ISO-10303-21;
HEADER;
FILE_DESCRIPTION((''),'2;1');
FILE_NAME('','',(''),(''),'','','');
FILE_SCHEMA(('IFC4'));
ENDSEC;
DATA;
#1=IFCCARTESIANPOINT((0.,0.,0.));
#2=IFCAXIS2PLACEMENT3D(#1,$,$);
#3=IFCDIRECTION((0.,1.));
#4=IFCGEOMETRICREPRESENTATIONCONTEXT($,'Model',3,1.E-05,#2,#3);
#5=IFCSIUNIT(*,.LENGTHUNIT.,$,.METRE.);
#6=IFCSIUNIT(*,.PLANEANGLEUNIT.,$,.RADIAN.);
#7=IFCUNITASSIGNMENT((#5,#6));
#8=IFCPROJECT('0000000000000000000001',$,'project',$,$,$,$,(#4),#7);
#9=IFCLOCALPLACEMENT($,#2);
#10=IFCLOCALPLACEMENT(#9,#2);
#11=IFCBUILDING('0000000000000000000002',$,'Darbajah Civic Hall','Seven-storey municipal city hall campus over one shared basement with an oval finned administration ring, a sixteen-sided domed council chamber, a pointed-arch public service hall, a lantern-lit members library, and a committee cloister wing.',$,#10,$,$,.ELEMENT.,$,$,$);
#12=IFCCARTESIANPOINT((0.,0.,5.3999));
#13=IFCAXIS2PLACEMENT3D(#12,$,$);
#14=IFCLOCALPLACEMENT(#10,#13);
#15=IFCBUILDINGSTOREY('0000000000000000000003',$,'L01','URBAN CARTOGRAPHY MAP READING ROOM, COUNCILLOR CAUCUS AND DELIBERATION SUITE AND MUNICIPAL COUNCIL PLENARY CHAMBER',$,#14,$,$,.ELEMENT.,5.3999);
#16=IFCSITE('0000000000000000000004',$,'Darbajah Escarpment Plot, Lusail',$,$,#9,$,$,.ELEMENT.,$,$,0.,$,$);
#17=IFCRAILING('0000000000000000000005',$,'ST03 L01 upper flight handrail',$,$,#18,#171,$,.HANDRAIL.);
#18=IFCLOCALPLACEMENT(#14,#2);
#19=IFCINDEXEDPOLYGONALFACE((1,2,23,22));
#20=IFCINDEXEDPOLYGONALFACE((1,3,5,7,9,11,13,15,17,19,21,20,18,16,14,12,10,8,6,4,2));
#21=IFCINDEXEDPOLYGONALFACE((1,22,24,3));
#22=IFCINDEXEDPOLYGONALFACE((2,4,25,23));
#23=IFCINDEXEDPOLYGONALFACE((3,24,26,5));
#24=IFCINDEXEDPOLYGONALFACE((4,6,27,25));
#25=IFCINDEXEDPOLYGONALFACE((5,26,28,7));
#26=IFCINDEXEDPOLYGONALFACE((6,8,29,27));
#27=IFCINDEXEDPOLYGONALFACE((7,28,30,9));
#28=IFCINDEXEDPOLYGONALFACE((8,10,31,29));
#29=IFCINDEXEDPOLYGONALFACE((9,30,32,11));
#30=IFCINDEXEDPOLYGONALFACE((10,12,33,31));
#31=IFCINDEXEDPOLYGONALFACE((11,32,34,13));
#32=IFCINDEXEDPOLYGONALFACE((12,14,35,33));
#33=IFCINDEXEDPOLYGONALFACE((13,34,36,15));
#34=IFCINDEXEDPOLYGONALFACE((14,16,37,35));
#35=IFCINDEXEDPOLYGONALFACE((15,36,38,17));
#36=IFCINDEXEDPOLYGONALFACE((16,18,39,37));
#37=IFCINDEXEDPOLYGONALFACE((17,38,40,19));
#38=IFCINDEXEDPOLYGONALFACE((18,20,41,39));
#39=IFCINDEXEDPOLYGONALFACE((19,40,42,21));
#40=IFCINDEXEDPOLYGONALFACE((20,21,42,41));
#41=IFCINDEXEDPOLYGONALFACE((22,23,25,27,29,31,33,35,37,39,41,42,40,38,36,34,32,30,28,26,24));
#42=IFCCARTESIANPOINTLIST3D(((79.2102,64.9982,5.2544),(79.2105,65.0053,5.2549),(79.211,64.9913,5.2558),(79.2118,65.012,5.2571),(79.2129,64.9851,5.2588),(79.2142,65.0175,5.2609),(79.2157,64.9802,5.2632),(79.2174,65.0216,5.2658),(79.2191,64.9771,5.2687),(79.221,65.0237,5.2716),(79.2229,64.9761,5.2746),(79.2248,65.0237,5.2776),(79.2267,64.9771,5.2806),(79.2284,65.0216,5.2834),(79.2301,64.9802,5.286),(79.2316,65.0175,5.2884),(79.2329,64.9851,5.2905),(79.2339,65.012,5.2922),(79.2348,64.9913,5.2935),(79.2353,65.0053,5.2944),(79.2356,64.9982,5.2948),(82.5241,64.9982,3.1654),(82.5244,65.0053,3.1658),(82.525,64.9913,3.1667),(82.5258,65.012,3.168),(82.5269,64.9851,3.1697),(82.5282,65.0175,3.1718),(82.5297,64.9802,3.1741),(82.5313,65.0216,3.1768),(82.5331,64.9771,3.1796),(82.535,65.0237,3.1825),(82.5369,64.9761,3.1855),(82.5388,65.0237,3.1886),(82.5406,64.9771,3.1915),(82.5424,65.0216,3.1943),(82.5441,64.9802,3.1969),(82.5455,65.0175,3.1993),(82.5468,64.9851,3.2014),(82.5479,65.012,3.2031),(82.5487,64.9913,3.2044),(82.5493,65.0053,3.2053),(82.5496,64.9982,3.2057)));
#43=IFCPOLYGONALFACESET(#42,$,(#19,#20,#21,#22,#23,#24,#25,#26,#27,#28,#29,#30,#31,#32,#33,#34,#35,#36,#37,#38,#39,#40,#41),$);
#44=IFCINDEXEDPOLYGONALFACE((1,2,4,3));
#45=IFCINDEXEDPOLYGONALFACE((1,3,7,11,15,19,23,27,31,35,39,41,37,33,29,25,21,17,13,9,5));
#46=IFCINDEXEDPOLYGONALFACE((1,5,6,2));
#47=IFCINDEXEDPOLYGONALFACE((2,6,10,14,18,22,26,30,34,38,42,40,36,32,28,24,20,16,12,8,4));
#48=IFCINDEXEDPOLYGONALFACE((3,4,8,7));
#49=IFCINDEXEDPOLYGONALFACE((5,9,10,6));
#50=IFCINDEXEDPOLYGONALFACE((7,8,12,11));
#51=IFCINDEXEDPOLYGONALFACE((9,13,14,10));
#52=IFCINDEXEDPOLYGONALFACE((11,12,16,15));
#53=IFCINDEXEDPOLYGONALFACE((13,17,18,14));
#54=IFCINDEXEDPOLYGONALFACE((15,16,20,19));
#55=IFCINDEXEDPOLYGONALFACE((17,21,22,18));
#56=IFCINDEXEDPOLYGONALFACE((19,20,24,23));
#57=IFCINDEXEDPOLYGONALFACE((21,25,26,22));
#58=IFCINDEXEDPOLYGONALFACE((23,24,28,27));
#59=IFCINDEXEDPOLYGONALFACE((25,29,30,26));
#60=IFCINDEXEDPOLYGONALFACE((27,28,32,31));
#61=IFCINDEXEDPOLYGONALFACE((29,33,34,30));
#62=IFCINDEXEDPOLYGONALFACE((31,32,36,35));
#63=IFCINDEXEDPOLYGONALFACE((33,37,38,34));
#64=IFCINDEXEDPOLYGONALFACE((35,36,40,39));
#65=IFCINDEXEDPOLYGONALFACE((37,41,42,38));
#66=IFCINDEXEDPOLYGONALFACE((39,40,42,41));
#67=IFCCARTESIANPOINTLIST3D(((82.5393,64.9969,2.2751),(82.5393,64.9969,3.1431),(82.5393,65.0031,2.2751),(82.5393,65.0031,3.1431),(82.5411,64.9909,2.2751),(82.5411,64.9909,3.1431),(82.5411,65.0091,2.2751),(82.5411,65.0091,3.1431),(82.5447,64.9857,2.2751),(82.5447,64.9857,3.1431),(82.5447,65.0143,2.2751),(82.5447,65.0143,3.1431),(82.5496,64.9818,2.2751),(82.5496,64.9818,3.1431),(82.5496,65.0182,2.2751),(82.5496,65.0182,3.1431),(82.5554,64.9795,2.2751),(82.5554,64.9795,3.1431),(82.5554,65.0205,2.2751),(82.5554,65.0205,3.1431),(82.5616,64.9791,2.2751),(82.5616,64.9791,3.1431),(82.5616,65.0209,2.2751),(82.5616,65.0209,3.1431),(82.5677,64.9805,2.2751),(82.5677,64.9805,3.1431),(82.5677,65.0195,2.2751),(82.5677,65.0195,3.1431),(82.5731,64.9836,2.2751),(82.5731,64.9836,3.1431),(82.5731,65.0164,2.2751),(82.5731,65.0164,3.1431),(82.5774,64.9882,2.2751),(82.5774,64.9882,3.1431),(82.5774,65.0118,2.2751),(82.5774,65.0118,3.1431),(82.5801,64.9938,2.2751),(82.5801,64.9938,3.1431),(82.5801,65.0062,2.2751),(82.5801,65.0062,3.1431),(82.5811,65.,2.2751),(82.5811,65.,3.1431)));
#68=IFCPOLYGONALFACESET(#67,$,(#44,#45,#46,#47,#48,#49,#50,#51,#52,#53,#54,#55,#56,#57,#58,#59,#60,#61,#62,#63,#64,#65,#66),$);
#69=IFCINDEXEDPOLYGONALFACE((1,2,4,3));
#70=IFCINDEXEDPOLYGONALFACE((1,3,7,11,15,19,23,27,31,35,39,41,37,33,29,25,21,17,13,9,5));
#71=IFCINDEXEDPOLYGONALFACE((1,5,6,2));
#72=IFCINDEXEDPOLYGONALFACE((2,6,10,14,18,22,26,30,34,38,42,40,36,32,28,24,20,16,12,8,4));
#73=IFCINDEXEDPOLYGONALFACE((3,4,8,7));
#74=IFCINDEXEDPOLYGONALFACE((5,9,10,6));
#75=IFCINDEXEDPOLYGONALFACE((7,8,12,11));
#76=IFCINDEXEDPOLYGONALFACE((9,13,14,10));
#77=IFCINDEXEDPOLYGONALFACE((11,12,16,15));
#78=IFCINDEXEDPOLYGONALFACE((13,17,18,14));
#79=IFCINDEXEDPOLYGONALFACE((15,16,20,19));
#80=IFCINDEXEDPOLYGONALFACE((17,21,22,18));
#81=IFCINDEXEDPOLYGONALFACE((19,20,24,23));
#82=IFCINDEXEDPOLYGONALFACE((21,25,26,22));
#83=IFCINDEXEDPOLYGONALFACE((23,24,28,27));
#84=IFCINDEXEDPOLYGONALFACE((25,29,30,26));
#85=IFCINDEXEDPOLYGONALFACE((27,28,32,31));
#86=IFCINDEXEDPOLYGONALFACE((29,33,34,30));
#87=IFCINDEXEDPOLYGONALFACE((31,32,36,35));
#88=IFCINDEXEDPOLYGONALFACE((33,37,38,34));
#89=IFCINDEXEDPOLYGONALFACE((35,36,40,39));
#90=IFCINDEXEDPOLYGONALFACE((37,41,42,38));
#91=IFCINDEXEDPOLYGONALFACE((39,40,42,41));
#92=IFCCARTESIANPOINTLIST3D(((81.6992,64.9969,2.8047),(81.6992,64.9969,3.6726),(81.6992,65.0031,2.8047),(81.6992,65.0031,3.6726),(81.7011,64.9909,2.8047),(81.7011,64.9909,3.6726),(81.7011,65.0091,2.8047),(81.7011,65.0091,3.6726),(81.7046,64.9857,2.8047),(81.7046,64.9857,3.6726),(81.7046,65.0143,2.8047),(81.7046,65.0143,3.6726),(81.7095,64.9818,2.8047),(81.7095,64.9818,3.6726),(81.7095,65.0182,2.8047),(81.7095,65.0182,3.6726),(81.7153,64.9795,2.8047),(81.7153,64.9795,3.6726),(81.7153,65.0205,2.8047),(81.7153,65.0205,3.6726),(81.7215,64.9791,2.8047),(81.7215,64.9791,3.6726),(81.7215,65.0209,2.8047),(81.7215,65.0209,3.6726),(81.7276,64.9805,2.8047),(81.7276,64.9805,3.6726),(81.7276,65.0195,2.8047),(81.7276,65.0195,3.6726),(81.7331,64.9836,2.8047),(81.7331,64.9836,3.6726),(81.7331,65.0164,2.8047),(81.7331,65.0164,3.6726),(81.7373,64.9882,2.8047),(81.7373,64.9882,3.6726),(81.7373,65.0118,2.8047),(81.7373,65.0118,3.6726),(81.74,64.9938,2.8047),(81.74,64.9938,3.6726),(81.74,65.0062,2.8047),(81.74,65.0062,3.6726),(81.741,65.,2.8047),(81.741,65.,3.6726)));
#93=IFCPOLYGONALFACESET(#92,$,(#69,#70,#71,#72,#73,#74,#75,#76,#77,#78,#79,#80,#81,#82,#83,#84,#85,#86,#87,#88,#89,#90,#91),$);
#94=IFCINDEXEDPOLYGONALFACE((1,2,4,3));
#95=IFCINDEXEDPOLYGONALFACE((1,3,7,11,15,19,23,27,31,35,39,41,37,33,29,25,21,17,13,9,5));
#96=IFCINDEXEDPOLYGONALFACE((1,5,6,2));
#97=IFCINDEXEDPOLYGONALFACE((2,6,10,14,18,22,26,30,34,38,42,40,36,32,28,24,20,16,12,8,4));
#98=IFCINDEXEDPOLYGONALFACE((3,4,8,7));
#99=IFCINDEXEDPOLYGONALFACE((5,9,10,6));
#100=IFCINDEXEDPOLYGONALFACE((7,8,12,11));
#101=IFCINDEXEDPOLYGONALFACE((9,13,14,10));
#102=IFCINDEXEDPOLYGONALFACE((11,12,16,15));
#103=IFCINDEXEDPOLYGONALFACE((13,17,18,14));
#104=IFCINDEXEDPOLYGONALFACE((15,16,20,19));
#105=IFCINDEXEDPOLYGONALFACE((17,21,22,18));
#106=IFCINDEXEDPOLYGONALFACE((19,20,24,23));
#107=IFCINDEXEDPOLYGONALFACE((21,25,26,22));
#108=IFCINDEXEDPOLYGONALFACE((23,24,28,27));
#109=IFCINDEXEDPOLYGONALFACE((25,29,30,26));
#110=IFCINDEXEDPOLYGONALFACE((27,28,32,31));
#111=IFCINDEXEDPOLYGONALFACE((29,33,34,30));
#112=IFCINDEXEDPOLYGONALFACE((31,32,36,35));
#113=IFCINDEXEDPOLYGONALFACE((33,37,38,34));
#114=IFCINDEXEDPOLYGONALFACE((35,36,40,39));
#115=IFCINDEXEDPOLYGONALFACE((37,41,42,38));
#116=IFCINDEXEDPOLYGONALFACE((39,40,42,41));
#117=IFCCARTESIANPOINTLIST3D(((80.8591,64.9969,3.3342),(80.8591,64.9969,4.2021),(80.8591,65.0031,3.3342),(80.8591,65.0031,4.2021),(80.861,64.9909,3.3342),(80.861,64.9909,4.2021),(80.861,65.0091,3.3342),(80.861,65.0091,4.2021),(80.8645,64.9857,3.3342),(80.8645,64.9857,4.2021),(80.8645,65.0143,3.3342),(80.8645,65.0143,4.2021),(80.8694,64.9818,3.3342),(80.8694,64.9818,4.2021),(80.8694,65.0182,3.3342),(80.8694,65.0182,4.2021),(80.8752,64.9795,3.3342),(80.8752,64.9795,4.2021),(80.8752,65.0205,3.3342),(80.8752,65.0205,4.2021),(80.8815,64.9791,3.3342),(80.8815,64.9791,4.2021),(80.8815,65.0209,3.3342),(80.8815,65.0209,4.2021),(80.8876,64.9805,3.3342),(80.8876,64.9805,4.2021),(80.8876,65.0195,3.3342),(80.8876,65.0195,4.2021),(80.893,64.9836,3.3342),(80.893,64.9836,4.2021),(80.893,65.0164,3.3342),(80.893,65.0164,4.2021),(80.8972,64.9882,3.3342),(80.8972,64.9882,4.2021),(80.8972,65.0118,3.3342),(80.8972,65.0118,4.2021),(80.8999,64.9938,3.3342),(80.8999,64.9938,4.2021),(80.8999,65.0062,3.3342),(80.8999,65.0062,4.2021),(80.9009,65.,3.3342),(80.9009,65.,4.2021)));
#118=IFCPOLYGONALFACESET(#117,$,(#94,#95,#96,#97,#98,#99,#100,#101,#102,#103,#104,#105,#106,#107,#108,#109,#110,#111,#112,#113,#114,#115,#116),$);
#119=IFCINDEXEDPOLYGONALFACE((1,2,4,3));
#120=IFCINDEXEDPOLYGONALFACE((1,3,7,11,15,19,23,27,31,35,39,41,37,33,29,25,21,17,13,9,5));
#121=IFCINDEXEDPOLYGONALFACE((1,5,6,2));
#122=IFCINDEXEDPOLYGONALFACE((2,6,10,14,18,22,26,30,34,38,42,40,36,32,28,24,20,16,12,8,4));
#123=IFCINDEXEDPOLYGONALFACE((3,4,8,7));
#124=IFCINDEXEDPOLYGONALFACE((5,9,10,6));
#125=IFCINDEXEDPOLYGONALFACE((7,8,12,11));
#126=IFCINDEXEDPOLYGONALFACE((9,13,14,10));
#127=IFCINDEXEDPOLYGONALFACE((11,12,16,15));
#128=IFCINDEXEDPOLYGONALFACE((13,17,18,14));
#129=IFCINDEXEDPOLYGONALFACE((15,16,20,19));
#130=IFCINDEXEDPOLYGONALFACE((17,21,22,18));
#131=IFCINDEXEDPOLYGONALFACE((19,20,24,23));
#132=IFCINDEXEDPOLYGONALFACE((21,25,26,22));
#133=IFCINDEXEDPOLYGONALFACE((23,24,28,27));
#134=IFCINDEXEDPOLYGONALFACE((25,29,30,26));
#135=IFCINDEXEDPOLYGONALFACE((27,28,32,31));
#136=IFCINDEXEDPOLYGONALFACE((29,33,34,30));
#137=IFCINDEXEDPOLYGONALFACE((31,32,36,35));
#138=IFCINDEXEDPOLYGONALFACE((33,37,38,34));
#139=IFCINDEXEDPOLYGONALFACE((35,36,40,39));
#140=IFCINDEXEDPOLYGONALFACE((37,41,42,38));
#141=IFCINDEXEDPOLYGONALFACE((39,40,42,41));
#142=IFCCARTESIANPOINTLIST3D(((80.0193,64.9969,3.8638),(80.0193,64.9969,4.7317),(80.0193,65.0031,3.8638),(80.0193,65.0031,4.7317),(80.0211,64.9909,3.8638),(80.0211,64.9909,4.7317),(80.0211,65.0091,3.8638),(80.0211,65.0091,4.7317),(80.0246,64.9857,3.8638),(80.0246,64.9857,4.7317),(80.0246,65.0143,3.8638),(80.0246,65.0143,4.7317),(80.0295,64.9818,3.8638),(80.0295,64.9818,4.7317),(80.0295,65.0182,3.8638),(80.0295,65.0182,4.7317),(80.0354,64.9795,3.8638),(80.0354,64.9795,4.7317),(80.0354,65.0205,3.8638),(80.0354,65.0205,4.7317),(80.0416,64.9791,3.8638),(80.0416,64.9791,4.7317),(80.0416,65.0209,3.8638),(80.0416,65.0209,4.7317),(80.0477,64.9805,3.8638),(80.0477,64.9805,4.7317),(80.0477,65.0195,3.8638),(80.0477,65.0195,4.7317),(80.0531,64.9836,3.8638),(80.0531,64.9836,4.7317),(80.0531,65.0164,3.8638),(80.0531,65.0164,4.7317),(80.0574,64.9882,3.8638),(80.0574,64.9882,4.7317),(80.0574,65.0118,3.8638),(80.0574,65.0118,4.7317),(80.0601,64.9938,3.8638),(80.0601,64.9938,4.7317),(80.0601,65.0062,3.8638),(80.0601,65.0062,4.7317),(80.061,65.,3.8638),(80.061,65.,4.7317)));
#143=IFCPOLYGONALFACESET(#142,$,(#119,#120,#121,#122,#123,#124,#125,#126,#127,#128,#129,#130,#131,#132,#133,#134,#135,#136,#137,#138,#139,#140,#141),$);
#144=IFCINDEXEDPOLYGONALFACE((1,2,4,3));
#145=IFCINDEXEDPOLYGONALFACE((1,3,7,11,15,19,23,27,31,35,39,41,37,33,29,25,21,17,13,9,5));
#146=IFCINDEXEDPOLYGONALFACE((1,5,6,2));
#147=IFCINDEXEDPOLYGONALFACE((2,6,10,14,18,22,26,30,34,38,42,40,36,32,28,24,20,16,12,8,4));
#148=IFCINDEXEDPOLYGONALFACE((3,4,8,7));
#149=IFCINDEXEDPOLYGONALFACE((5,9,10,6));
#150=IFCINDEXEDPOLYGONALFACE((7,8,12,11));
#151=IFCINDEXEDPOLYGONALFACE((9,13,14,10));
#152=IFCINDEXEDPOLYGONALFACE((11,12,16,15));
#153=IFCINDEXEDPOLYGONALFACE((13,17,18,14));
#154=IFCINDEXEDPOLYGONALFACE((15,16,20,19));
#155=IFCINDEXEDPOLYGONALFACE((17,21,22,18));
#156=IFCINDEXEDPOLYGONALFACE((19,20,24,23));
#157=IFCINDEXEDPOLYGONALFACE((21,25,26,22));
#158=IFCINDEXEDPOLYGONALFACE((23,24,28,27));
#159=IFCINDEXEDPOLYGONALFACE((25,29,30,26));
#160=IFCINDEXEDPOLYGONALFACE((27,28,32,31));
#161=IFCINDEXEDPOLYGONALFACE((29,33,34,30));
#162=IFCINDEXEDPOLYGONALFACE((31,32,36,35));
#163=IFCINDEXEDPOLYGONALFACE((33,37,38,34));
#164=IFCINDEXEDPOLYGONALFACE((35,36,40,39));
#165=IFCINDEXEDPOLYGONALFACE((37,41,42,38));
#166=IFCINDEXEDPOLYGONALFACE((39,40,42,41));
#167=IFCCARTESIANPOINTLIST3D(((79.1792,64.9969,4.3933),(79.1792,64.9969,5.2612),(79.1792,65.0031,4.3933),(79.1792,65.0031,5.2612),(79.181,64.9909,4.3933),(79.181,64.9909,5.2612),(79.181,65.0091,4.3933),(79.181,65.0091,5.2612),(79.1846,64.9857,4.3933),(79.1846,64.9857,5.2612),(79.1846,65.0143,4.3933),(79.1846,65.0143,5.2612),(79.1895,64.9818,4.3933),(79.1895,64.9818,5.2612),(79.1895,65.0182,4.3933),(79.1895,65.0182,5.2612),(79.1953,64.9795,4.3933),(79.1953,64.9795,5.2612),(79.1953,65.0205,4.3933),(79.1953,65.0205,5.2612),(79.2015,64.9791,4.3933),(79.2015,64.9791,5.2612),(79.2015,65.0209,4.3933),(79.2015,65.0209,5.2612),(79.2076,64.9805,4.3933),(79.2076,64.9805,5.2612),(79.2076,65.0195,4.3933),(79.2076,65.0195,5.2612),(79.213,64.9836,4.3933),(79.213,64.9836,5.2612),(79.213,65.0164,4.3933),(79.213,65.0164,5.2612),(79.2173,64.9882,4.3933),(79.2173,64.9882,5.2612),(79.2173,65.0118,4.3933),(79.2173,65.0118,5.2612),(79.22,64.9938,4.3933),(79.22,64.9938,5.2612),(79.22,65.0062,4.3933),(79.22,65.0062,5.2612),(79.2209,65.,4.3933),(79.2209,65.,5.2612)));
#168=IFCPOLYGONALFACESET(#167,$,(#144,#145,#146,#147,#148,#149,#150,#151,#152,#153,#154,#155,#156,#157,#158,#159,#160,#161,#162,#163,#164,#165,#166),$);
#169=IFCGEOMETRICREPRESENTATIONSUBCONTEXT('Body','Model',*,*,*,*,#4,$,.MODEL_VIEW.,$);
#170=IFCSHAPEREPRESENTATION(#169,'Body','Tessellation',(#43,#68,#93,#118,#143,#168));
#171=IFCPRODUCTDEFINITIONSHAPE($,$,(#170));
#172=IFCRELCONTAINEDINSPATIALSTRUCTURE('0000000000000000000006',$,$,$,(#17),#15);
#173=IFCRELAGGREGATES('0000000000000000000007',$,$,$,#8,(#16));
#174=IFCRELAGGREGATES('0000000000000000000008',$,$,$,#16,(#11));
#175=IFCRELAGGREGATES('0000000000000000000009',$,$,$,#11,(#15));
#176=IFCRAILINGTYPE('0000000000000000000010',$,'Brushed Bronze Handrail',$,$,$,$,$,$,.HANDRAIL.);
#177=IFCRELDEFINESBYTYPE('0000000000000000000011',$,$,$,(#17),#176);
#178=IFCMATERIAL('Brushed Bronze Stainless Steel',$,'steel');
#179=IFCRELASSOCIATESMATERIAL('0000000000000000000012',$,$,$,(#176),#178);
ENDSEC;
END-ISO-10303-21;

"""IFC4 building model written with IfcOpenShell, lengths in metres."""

from ifc_helpers import new_model, si_unit, direction, frame, origin, origin_2d, place, context, subcontext, project, spatial, circle, extrude, material, type_object, element, save


model = new_model("IFC4")

# Units and contexts
model_context = context("Model", 3, precision=1e-05, world=origin(), true_north=direction((0.0, 1.0)))
body_context = subcontext(model_context, "Body", "Model", "MODEL_VIEW")
ifc_project = project(units=[si_unit("LENGTHUNIT", "METRE"), si_unit("PLANEANGLEUNIT", "RADIAN")], contexts=[model_context])

# Site, building, storey
site_placement = place(None, origin())
site = spatial("IfcSite", under=ifc_project, at=site_placement, Name="Darbajah Escarpment Plot, Lusail", CompositionType="ELEMENT", RefElevation=0.0)
building_placement = place(site_placement, origin())
building = spatial("IfcBuilding", under=site, at=building_placement, Name="Darbajah Civic Hall", Description="Seven-storey municipal city hall campus over one shared basement with an oval finned administration ring, a sixteen-sided domed council chamber, a pointed-arch public service hall, a lantern-lit members library, and a committee cloister wing.", CompositionType="ELEMENT")
storey_placement = place(building_placement, frame((0.0, 0.0, 5.3999)))
storey = spatial("IfcBuildingStorey", under=building, at=storey_placement, Name="L01", Description="URBAN CARTOGRAPHY MAP READING ROOM, COUNCILLOR CAUCUS AND DELIBERATION SUITE AND MUNICIPAL COUNCIL PLENARY CHAMBER", CompositionType="ELEMENT", Elevation=5.3999)

# Railing
ifc_material_1 = material(Name="Brushed Bronze Stainless Steel", Category="steel")
railing_type_1 = type_object("IfcRailingType", Name="Brushed Bronze Handrail", PredefinedType="HANDRAIL", material=ifc_material_1)
railing_1_placement = place(storey_placement, frame((82.5601, 65.0, 2.2751)))
element("IfcRailing", 1, at=railing_1_placement, inside=storey, type_object=railing_type_1, Name="ST03 L01 upper flight handrail", PredefinedType="HANDRAIL", context=body_context, shape_type="SweptSolid", body=[
    extrude(circle(Radius=0.0239, at=origin_2d()), frame((-0.0232, 0.0, 0.9104), z_axis=(-0.845944, 0.0, 0.533271), x_axis=(0.0, -1.0, 0.0)), (0.0, 0.0, 1.0), 3.9175),
    extrude(circle(Radius=0.021, at=origin_2d()), origin(), (0.0, 0.0, 1.0), 0.8679),
    extrude(circle(Radius=0.021, at=origin_2d()), frame((-0.8401, 0.0, 0.5295)), (0.0, 0.0, 1.0), 0.8679),
    extrude(circle(Radius=0.021, at=origin_2d()), frame((-1.6802, 0.0, 1.0591)), (0.0, 0.0, 1.0), 0.8679),
    extrude(circle(Radius=0.021, at=origin_2d()), frame((-2.52, 0.0, 1.5886)), (0.0, 0.0, 1.0), 0.8679),
    extrude(circle(Radius=0.021, at=origin_2d()), frame((-3.3601, 0.0, 2.1182)), (0.0, 0.0, 1.0), 0.8679),
])

save(model, "model.ifc")
